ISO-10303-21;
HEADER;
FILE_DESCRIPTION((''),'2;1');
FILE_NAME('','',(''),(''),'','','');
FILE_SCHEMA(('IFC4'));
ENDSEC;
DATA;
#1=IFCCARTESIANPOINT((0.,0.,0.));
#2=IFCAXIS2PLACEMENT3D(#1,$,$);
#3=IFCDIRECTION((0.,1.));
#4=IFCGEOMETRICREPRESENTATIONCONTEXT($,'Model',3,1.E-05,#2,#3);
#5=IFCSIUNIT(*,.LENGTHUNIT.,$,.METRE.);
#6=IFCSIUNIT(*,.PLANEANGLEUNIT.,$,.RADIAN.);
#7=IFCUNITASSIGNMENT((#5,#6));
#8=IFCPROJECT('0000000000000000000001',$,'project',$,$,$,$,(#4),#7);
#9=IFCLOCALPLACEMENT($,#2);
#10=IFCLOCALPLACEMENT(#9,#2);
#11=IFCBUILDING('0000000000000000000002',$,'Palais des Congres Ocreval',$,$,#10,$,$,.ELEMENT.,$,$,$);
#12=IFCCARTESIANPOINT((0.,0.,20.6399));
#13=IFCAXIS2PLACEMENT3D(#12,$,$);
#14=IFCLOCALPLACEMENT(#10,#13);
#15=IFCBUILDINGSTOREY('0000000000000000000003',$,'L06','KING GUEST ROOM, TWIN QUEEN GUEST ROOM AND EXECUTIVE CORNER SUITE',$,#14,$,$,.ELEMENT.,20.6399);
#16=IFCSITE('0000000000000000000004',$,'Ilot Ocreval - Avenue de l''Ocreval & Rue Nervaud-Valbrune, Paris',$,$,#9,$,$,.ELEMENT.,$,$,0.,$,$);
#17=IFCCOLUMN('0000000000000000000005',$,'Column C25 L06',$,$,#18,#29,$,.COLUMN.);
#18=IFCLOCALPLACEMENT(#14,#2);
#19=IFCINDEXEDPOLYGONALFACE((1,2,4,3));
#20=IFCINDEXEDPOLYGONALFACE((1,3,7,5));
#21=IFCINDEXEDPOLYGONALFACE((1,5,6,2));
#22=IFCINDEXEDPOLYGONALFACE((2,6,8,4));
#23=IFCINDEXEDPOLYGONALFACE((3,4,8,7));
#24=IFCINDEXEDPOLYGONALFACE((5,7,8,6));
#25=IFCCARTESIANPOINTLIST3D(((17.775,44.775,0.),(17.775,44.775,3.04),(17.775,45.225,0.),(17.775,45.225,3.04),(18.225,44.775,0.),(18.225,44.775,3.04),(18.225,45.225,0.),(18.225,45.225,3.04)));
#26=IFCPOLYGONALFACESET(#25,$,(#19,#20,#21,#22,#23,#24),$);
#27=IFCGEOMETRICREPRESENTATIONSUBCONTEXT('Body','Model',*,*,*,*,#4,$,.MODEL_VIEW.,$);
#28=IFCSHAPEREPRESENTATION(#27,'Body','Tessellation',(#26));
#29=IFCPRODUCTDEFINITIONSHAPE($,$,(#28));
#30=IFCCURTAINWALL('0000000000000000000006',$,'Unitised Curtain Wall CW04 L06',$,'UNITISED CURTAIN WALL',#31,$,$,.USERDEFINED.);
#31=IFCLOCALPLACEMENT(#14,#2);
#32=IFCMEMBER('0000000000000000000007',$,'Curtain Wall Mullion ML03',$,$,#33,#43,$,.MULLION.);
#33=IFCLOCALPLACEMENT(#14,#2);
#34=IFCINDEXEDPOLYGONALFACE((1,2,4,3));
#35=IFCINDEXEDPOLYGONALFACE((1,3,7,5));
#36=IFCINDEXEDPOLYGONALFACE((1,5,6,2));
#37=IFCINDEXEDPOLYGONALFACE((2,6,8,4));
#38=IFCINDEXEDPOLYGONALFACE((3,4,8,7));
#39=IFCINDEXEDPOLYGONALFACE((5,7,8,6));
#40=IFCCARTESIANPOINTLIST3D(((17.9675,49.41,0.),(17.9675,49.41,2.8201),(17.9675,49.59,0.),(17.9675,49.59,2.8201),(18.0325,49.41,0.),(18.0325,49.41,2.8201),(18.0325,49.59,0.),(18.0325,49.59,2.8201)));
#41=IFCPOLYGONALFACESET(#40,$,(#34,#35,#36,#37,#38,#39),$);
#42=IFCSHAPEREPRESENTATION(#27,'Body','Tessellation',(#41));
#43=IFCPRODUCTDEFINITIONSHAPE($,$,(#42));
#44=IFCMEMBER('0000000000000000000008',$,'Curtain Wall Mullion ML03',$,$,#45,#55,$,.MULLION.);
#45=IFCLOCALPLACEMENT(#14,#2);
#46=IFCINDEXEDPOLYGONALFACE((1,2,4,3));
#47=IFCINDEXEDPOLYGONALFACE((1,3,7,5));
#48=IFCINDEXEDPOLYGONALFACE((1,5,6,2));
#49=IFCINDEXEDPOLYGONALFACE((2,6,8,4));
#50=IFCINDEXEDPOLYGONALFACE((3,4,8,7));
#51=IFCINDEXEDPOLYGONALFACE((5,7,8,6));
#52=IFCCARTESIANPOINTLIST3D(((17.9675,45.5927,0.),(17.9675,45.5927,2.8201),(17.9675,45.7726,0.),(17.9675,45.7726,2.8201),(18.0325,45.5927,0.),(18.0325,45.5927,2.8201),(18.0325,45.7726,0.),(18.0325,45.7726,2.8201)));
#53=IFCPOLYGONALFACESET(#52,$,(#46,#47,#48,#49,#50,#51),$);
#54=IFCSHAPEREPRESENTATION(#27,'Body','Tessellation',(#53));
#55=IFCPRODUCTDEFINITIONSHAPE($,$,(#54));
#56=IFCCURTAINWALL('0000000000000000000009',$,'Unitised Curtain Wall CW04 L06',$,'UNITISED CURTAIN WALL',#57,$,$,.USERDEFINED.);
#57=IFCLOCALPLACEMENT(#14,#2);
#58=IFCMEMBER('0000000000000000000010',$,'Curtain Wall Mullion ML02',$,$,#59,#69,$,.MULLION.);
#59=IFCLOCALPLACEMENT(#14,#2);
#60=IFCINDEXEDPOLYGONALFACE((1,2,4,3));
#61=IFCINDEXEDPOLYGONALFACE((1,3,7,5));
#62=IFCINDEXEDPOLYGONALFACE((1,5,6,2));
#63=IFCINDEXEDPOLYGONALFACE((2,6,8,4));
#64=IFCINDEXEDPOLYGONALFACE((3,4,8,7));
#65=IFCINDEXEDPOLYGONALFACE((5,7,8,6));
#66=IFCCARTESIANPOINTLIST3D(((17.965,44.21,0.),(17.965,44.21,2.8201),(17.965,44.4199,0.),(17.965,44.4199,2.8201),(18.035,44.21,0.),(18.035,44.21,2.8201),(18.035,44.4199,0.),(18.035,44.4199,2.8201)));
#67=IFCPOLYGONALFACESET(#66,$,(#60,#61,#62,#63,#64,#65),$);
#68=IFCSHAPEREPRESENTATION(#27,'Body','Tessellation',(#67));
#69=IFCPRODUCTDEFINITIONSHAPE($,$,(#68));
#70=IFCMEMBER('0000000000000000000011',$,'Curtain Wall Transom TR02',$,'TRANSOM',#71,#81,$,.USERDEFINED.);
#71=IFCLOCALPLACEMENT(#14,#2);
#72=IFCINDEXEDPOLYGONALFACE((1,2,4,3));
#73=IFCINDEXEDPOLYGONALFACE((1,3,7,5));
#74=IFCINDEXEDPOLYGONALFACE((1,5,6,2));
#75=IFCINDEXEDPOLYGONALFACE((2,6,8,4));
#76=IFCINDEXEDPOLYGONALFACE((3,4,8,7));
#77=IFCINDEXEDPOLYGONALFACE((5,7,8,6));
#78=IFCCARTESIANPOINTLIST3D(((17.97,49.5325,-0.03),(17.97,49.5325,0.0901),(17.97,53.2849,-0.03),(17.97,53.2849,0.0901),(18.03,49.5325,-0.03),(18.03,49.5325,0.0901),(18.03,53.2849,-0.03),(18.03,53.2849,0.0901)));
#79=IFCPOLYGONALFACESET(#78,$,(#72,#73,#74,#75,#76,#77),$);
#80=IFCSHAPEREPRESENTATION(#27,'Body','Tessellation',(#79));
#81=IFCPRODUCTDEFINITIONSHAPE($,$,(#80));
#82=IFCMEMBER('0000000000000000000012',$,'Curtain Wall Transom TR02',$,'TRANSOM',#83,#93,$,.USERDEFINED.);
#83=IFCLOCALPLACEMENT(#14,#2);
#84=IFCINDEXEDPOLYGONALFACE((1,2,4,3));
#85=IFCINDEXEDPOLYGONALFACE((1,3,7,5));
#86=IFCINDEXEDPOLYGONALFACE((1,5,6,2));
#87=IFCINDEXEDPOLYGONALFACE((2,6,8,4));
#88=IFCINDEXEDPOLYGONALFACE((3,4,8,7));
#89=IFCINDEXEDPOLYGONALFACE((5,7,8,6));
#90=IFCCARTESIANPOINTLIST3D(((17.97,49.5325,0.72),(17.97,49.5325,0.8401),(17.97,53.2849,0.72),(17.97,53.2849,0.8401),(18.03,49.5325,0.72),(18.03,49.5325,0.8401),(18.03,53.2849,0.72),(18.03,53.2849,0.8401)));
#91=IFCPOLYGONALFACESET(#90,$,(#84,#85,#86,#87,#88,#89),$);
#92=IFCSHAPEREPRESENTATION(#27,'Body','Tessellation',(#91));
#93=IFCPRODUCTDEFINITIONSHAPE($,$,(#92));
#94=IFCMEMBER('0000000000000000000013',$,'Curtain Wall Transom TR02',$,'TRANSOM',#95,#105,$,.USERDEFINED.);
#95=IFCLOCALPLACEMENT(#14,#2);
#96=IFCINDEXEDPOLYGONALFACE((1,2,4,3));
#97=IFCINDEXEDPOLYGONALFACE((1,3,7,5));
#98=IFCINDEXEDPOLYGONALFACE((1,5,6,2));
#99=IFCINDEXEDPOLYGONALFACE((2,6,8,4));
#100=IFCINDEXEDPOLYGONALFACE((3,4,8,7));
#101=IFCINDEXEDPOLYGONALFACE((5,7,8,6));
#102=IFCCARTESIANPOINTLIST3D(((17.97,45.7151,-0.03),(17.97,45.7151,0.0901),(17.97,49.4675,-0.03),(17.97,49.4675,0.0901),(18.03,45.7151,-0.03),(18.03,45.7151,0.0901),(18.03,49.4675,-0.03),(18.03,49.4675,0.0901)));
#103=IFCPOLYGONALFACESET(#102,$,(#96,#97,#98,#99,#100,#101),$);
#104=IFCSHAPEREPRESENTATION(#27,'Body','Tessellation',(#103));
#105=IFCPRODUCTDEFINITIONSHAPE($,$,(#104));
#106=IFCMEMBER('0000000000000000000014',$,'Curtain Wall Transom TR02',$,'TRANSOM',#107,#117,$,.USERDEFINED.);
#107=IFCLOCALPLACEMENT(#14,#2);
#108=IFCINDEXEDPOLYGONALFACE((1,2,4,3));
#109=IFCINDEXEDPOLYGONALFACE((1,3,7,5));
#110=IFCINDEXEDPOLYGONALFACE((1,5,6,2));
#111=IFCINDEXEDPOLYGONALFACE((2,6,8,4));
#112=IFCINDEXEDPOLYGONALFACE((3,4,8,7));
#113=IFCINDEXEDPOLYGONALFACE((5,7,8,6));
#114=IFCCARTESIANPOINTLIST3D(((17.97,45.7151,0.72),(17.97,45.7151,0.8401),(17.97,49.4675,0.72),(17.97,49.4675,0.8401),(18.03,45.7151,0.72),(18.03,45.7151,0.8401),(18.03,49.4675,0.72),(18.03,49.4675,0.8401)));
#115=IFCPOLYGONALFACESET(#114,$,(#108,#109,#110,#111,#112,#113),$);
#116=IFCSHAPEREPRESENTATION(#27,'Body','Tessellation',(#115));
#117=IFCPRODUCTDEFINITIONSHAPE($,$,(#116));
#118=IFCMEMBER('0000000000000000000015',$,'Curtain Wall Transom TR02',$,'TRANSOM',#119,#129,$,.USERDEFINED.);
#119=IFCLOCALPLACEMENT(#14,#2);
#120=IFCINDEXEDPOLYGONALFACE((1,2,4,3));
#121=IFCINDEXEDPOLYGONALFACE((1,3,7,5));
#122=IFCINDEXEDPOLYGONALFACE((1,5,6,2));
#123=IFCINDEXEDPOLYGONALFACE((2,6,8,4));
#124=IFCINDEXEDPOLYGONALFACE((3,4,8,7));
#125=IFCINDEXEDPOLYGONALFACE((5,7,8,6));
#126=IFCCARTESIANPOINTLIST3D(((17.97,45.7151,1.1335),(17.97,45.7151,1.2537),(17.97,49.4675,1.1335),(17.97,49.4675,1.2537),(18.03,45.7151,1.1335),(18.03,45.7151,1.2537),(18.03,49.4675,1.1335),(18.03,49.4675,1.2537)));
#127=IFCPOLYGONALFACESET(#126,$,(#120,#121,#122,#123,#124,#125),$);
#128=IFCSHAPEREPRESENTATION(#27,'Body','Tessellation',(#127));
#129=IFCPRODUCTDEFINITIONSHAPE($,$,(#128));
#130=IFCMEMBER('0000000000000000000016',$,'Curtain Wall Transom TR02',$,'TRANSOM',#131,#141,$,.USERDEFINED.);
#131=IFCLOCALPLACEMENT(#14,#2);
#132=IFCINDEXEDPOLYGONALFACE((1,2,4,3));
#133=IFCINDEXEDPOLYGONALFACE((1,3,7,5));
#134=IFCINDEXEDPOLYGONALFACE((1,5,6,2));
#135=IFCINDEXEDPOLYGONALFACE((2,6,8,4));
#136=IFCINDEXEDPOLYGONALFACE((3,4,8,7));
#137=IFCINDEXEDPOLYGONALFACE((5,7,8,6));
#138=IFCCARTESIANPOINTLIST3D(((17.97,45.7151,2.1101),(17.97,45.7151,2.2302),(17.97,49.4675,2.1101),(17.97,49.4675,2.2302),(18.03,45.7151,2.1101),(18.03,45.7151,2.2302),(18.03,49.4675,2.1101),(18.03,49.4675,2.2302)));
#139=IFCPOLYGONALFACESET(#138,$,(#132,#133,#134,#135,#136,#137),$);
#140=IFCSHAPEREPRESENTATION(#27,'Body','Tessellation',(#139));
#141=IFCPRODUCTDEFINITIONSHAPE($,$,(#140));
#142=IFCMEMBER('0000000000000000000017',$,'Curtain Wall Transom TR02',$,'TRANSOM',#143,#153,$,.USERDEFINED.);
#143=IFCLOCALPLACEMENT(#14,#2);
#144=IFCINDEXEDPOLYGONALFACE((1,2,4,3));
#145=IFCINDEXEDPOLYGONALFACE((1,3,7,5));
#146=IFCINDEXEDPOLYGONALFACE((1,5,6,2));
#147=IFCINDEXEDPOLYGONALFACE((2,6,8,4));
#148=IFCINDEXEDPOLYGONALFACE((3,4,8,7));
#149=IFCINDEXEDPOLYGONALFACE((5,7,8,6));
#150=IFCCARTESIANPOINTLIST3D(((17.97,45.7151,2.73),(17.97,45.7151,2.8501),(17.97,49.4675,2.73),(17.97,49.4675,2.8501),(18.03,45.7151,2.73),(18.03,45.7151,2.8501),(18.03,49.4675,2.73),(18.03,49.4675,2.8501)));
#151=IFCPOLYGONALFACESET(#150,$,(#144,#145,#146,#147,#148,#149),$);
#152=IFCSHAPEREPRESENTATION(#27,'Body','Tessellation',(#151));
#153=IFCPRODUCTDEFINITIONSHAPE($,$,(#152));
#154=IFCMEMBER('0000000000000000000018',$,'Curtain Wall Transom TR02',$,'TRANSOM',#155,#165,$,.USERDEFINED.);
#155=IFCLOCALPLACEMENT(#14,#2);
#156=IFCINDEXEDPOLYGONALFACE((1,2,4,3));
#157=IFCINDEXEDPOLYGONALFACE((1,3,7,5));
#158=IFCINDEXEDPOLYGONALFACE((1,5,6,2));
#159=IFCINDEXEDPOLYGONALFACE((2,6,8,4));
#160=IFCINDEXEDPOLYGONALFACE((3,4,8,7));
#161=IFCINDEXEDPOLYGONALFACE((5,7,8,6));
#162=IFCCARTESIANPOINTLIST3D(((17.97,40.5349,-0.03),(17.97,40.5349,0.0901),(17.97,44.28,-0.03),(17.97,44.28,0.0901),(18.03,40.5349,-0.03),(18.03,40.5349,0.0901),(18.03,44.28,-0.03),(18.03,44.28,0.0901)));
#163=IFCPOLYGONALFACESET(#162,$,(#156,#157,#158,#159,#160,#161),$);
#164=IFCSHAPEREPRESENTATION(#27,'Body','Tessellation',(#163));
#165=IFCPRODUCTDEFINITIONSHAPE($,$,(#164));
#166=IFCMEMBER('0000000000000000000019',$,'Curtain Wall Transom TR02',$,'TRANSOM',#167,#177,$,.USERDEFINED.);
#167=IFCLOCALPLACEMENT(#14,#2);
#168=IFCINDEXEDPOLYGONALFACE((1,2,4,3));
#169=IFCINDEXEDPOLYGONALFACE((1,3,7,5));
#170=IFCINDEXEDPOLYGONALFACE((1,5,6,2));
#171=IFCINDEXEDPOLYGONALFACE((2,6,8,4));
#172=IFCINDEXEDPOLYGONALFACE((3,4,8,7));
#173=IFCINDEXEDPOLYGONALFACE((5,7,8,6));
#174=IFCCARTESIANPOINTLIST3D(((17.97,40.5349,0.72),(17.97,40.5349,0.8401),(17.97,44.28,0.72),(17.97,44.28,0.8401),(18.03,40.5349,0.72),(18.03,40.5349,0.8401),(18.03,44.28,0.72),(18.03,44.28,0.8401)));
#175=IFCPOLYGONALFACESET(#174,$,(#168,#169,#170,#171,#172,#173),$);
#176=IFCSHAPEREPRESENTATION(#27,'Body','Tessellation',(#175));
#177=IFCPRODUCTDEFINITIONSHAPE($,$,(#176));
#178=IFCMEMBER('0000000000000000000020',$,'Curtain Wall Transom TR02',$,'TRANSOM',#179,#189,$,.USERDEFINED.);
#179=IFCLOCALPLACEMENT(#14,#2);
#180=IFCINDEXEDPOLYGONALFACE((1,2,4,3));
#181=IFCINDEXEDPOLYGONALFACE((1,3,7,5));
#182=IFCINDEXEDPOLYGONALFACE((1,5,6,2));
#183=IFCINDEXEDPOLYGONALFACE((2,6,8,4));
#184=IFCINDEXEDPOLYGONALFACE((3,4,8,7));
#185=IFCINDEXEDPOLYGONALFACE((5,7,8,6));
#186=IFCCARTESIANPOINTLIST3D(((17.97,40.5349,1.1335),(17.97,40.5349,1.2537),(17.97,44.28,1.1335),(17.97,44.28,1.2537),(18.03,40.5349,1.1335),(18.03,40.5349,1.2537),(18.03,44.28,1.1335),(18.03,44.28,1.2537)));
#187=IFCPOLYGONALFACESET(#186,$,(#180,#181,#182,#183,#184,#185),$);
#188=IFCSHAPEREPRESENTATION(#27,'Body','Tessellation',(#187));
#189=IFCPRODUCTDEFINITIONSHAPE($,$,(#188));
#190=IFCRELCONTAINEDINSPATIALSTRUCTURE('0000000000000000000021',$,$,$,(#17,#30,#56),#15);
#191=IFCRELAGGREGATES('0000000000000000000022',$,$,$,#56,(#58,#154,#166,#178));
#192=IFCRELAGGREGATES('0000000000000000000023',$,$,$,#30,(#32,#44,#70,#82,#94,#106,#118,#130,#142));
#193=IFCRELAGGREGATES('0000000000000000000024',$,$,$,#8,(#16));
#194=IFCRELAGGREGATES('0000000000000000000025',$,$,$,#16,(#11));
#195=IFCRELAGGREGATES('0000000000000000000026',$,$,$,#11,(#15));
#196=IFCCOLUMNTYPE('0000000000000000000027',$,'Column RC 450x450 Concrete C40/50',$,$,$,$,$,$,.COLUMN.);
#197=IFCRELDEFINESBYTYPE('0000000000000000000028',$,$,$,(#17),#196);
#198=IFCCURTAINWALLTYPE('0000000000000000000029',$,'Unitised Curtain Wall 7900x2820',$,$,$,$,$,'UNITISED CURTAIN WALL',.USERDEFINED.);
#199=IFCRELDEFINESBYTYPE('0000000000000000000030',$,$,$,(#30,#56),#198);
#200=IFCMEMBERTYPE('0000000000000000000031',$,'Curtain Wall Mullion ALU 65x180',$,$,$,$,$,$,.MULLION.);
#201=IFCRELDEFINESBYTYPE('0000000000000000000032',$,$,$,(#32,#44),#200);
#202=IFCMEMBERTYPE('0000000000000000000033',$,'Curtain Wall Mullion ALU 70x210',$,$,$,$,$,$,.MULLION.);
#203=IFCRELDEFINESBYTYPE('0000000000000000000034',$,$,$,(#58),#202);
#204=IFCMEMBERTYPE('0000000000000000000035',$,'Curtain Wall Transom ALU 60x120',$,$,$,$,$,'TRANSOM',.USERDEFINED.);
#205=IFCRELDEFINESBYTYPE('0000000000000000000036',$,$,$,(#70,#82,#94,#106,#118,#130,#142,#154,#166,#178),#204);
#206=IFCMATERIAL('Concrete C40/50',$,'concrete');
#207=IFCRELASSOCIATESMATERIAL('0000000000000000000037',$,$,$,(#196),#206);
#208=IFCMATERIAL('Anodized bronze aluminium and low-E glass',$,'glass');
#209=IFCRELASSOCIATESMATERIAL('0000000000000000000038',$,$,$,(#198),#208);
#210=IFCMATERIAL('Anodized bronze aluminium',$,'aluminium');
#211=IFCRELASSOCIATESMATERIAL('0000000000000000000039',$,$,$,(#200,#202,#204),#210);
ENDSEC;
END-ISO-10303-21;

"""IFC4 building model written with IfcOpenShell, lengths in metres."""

from ifc_helpers import new_model, si_unit, direction, frame, origin, origin_2d, place, context, subcontext, project, spatial, rectangle, extrude, material, material_profile, profile_set, type_object, element, aggregate, save


model = new_model("IFC4")

# Units and contexts
model_context = context("Model", 3, precision=1e-05, world=origin(), true_north=direction((0.0, 1.0)))
body_context = subcontext(model_context, "Body", "Model", "MODEL_VIEW")
ifc_project = project(units=[si_unit("LENGTHUNIT", "METRE"), si_unit("PLANEANGLEUNIT", "RADIAN")], contexts=[model_context])

# Site, building, storey
site_placement = place(None, origin())
site = spatial("IfcSite", under=ifc_project, at=site_placement, Name="Ilot Ocreval - Avenue de l'Ocreval & Rue Nervaud-Valbrune, Paris", CompositionType="ELEMENT", RefElevation=0.0)
building_placement = place(site_placement, origin())
building = spatial("IfcBuilding", under=site, at=building_placement, Name="Palais des Congres Ocreval", CompositionType="ELEMENT")
storey_placement = place(building_placement, frame((0.0, 0.0, 20.6399)))
storey = spatial("IfcBuildingStorey", under=building, at=storey_placement, Name="L06", Description="KING GUEST ROOM, TWIN QUEEN GUEST ROOM AND EXECUTIVE CORNER SUITE", CompositionType="ELEMENT", Elevation=20.6399)

# Column
ifc_material_1 = material(Name="Concrete C40/50", Category="concrete")
ifc_material_profile_1 = material_profile(ifc_material_1, rectangle(XDim=0.45, YDim=0.45, at=origin_2d()), Name="RC 450x450")
ifc_profile_set_1 = profile_set([ifc_material_profile_1], Name="Concrete C40/50")
column_type = type_object("IfcColumnType", Name="Column RC 450x450 Concrete C40/50", PredefinedType="COLUMN", material=ifc_profile_set_1)
column_placement = place(storey_placement, frame((18.0, 45.0, 0.0), z_axis=(0.0, 0.0, 1.0), x_axis=(1.0, 0.0, 0.0)))
element("IfcColumn", 1, at=column_placement, inside=storey, type_object=column_type, Name="Column C25 L06", PredefinedType="COLUMN", context=body_context, shape_type="SweptSolid", body=[
    extrude(rectangle(XDim=0.45, YDim=0.45, at=origin_2d()), origin(), (0.0, 0.0, 1.0), 3.04),
])

# Curtain wall, members
ifc_material_2 = material(Name="Anodized bronze aluminium and low-E glass", Category="glass")
curtain_wall_type = type_object("IfcCurtainWallType", Name="Unitised Curtain Wall 7900x2820", ElementType="UNITISED CURTAIN WALL", PredefinedType="USERDEFINED", material=ifc_material_2)
curtain_wall_1_placement = place(storey_placement, origin())
curtain_wall_1 = element("IfcCurtainWall", 2, at=curtain_wall_1_placement, inside=storey, type_object=curtain_wall_type, Name="Unitised Curtain Wall CW04 L06", ObjectType="UNITISED CURTAIN WALL", PredefinedType="USERDEFINED")
ifc_material_3 = material(Name="Anodized bronze aluminium", Category="aluminium")
ifc_material_profile_2 = material_profile(ifc_material_3, rectangle(XDim=0.0649, YDim=0.1799, at=origin_2d()), Name="ALU 65x180")
ifc_profile_set_2 = profile_set([ifc_material_profile_2], Name="Anodized bronze aluminium")
member_type_1 = type_object("IfcMemberType", Name="Curtain Wall Mullion ALU 65x180", PredefinedType="MULLION", material=ifc_profile_set_2)
member_1_placement = place(storey_placement, frame((18.0, 49.5, 0.0), z_axis=(0.0, 0.0, 1.0), x_axis=(1.0, 0.0, 0.0)))
member_1 = element("IfcMember", 3, at=member_1_placement, type_object=member_type_1, Name="Curtain Wall Mullion ML03", PredefinedType="MULLION", context=body_context, shape_type="SweptSolid", body=[
    extrude(rectangle(XDim=0.0649, YDim=0.1799, at=origin_2d()), origin(), (0.0, 0.0, 1.0), 2.8201),
])
member_2_placement = place(storey_placement, frame((18.0, 45.6826, 0.0), z_axis=(0.0, 0.0, 1.0), x_axis=(1.0, 0.0, 0.0)))
member_2 = element("IfcMember", 4, at=member_2_placement, type_object=member_type_1, Name="Curtain Wall Mullion ML03", PredefinedType="MULLION", context=body_context, shape_type="SweptSolid", body=[
    extrude(rectangle(XDim=0.0649, YDim=0.1799, at=origin_2d()), origin(), (0.0, 0.0, 1.0), 2.8201),
])

# Curtain wall, member
curtain_wall_2_placement = place(storey_placement, origin())
curtain_wall_2 = element("IfcCurtainWall", 5, at=curtain_wall_2_placement, inside=storey, type_object=curtain_wall_type, Name="Unitised Curtain Wall CW04 L06", ObjectType="UNITISED CURTAIN WALL", PredefinedType="USERDEFINED")
ifc_material_profile_3 = material_profile(ifc_material_3, rectangle(XDim=0.0701, YDim=0.21, at=origin_2d()), Name="ALU 70x210")
ifc_profile_set_3 = profile_set([ifc_material_profile_3], Name="Anodized bronze aluminium")
member_type_2 = type_object("IfcMemberType", Name="Curtain Wall Mullion ALU 70x210", PredefinedType="MULLION", material=ifc_profile_set_3)
member_3_placement = place(storey_placement, frame((18.0, 44.3149, 0.0), z_axis=(0.0, 0.0, 1.0), x_axis=(1.0, 0.0, 0.0)))
member_3 = element("IfcMember", 6, at=member_3_placement, type_object=member_type_2, Name="Curtain Wall Mullion ML02", PredefinedType="MULLION", context=body_context, shape_type="SweptSolid", body=[
    extrude(rectangle(XDim=0.0701, YDim=0.21, at=origin_2d()), origin(), (0.0, 0.0, 1.0), 2.8201),
])

# Members
ifc_material_profile_4 = material_profile(ifc_material_3, rectangle(XDim=0.0601, YDim=0.1201, at=origin_2d()), Name="ALU 60x120")
ifc_profile_set_4 = profile_set([ifc_material_profile_4], Name="Anodized bronze aluminium")
member_type_3 = type_object("IfcMemberType", Name="Curtain Wall Transom ALU 60x120", ElementType="TRANSOM", PredefinedType="USERDEFINED", material=ifc_profile_set_4)
member_4_placement = place(storey_placement, frame((18.0, 53.2849, 0.03), z_axis=(0.0, -1.0, 0.0), x_axis=(1.0, 0.0, 0.0)))
member_4 = element("IfcMember", 7, at=member_4_placement, type_object=member_type_3, Name="Curtain Wall Transom TR02", ObjectType="TRANSOM", PredefinedType="USERDEFINED", context=body_context, shape_type="SweptSolid", body=[
    extrude(rectangle(XDim=0.0601, YDim=0.1201, at=origin_2d()), origin(), (0.0, 0.0, 1.0), 3.7524),
])
member_5_placement = place(storey_placement, frame((18.0, 53.2849, 0.78), z_axis=(0.0, -1.0, 0.0), x_axis=(1.0, 0.0, 0.0)))
member_5 = element("IfcMember", 8, at=member_5_placement, type_object=member_type_3, Name="Curtain Wall Transom TR02", ObjectType="TRANSOM", PredefinedType="USERDEFINED", context=body_context, shape_type="SweptSolid", body=[
    extrude(rectangle(XDim=0.0601, YDim=0.1201, at=origin_2d()), origin(), (0.0, 0.0, 1.0), 3.7524),
])
member_6_placement = place(storey_placement, frame((18.0, 49.4675, 0.03), z_axis=(0.0, -1.0, 0.0), x_axis=(1.0, 0.0, 0.0)))
member_6 = element("IfcMember", 9, at=member_6_placement, type_object=member_type_3, Name="Curtain Wall Transom TR02", ObjectType="TRANSOM", PredefinedType="USERDEFINED", context=body_context, shape_type="SweptSolid", body=[
    extrude(rectangle(XDim=0.0601, YDim=0.1201, at=origin_2d()), origin(), (0.0, 0.0, 1.0), 3.7524),
])
member_7_placement = place(storey_placement, frame((18.0, 49.4675, 0.78), z_axis=(0.0, -1.0, 0.0), x_axis=(1.0, 0.0, 0.0)))
member_7 = element("IfcMember", 10, at=member_7_placement, type_object=member_type_3, Name="Curtain Wall Transom TR02", ObjectType="TRANSOM", PredefinedType="USERDEFINED", context=body_context, shape_type="SweptSolid", body=[
    extrude(rectangle(XDim=0.0601, YDim=0.1201, at=origin_2d()), origin(), (0.0, 0.0, 1.0), 3.7524),
])
member_8_placement = place(storey_placement, frame((18.0, 49.4675, 1.1936), z_axis=(0.0, -1.0, 0.0), x_axis=(1.0, 0.0, 0.0)))
member_8 = element("IfcMember", 11, at=member_8_placement, type_object=member_type_3, Name="Curtain Wall Transom TR02", ObjectType="TRANSOM", PredefinedType="USERDEFINED", context=body_context, shape_type="SweptSolid", body=[
    extrude(rectangle(XDim=0.0601, YDim=0.1201, at=origin_2d()), origin(), (0.0, 0.0, 1.0), 3.7524),
])
member_9_placement = place(storey_placement, frame((18.0, 49.4675, 2.1702), z_axis=(0.0, -1.0, 0.0), x_axis=(1.0, 0.0, 0.0)))
member_9 = element("IfcMember", 12, at=member_9_placement, type_object=member_type_3, Name="Curtain Wall Transom TR02", ObjectType="TRANSOM", PredefinedType="USERDEFINED", context=body_context, shape_type="SweptSolid", body=[
    extrude(rectangle(XDim=0.0601, YDim=0.1201, at=origin_2d()), origin(), (0.0, 0.0, 1.0), 3.7524),
])
member_10_placement = place(storey_placement, frame((18.0, 49.4675, 2.79), z_axis=(0.0, -1.0, 0.0), x_axis=(1.0, 0.0, 0.0)))
member_10 = element("IfcMember", 13, at=member_10_placement, type_object=member_type_3, Name="Curtain Wall Transom TR02", ObjectType="TRANSOM", PredefinedType="USERDEFINED", context=body_context, shape_type="SweptSolid", body=[
    extrude(rectangle(XDim=0.0601, YDim=0.1201, at=origin_2d()), origin(), (0.0, 0.0, 1.0), 3.7524),
])
member_11_placement = place(storey_placement, frame((18.0, 44.28, 0.03), z_axis=(0.0, -1.0, 0.0), x_axis=(1.0, 0.0, 0.0)))
member_11 = element("IfcMember", 14, at=member_11_placement, type_object=member_type_3, Name="Curtain Wall Transom TR02", ObjectType="TRANSOM", PredefinedType="USERDEFINED", context=body_context, shape_type="SweptSolid", body=[
    extrude(rectangle(XDim=0.0601, YDim=0.1201, at=origin_2d()), origin(), (0.0, 0.0, 1.0), 3.7451),
])
member_12_placement = place(storey_placement, frame((18.0, 44.28, 0.78), z_axis=(0.0, -1.0, 0.0), x_axis=(1.0, 0.0, 0.0)))
member_12 = element("IfcMember", 15, at=member_12_placement, type_object=member_type_3, Name="Curtain Wall Transom TR02", ObjectType="TRANSOM", PredefinedType="USERDEFINED", context=body_context, shape_type="SweptSolid", body=[
    extrude(rectangle(XDim=0.0601, YDim=0.1201, at=origin_2d()), origin(), (0.0, 0.0, 1.0), 3.7451),
])
member_13_placement = place(storey_placement, frame((18.0, 44.28, 1.1936), z_axis=(0.0, -1.0, 0.0), x_axis=(1.0, 0.0, 0.0)))
member_13 = element("IfcMember", 16, at=member_13_placement, type_object=member_type_3, Name="Curtain Wall Transom TR02", ObjectType="TRANSOM", PredefinedType="USERDEFINED", context=body_context, shape_type="SweptSolid", body=[
    extrude(rectangle(XDim=0.0601, YDim=0.1201, at=origin_2d()), origin(), (0.0, 0.0, 1.0), 3.7451),
])

aggregate(curtain_wall_2, [member_3, member_11, member_12, member_13])
aggregate(curtain_wall_1, [member_1, member_2, member_4, member_5, member_6, member_7, member_8, member_9, member_10])

save(model, "model.ifc")
